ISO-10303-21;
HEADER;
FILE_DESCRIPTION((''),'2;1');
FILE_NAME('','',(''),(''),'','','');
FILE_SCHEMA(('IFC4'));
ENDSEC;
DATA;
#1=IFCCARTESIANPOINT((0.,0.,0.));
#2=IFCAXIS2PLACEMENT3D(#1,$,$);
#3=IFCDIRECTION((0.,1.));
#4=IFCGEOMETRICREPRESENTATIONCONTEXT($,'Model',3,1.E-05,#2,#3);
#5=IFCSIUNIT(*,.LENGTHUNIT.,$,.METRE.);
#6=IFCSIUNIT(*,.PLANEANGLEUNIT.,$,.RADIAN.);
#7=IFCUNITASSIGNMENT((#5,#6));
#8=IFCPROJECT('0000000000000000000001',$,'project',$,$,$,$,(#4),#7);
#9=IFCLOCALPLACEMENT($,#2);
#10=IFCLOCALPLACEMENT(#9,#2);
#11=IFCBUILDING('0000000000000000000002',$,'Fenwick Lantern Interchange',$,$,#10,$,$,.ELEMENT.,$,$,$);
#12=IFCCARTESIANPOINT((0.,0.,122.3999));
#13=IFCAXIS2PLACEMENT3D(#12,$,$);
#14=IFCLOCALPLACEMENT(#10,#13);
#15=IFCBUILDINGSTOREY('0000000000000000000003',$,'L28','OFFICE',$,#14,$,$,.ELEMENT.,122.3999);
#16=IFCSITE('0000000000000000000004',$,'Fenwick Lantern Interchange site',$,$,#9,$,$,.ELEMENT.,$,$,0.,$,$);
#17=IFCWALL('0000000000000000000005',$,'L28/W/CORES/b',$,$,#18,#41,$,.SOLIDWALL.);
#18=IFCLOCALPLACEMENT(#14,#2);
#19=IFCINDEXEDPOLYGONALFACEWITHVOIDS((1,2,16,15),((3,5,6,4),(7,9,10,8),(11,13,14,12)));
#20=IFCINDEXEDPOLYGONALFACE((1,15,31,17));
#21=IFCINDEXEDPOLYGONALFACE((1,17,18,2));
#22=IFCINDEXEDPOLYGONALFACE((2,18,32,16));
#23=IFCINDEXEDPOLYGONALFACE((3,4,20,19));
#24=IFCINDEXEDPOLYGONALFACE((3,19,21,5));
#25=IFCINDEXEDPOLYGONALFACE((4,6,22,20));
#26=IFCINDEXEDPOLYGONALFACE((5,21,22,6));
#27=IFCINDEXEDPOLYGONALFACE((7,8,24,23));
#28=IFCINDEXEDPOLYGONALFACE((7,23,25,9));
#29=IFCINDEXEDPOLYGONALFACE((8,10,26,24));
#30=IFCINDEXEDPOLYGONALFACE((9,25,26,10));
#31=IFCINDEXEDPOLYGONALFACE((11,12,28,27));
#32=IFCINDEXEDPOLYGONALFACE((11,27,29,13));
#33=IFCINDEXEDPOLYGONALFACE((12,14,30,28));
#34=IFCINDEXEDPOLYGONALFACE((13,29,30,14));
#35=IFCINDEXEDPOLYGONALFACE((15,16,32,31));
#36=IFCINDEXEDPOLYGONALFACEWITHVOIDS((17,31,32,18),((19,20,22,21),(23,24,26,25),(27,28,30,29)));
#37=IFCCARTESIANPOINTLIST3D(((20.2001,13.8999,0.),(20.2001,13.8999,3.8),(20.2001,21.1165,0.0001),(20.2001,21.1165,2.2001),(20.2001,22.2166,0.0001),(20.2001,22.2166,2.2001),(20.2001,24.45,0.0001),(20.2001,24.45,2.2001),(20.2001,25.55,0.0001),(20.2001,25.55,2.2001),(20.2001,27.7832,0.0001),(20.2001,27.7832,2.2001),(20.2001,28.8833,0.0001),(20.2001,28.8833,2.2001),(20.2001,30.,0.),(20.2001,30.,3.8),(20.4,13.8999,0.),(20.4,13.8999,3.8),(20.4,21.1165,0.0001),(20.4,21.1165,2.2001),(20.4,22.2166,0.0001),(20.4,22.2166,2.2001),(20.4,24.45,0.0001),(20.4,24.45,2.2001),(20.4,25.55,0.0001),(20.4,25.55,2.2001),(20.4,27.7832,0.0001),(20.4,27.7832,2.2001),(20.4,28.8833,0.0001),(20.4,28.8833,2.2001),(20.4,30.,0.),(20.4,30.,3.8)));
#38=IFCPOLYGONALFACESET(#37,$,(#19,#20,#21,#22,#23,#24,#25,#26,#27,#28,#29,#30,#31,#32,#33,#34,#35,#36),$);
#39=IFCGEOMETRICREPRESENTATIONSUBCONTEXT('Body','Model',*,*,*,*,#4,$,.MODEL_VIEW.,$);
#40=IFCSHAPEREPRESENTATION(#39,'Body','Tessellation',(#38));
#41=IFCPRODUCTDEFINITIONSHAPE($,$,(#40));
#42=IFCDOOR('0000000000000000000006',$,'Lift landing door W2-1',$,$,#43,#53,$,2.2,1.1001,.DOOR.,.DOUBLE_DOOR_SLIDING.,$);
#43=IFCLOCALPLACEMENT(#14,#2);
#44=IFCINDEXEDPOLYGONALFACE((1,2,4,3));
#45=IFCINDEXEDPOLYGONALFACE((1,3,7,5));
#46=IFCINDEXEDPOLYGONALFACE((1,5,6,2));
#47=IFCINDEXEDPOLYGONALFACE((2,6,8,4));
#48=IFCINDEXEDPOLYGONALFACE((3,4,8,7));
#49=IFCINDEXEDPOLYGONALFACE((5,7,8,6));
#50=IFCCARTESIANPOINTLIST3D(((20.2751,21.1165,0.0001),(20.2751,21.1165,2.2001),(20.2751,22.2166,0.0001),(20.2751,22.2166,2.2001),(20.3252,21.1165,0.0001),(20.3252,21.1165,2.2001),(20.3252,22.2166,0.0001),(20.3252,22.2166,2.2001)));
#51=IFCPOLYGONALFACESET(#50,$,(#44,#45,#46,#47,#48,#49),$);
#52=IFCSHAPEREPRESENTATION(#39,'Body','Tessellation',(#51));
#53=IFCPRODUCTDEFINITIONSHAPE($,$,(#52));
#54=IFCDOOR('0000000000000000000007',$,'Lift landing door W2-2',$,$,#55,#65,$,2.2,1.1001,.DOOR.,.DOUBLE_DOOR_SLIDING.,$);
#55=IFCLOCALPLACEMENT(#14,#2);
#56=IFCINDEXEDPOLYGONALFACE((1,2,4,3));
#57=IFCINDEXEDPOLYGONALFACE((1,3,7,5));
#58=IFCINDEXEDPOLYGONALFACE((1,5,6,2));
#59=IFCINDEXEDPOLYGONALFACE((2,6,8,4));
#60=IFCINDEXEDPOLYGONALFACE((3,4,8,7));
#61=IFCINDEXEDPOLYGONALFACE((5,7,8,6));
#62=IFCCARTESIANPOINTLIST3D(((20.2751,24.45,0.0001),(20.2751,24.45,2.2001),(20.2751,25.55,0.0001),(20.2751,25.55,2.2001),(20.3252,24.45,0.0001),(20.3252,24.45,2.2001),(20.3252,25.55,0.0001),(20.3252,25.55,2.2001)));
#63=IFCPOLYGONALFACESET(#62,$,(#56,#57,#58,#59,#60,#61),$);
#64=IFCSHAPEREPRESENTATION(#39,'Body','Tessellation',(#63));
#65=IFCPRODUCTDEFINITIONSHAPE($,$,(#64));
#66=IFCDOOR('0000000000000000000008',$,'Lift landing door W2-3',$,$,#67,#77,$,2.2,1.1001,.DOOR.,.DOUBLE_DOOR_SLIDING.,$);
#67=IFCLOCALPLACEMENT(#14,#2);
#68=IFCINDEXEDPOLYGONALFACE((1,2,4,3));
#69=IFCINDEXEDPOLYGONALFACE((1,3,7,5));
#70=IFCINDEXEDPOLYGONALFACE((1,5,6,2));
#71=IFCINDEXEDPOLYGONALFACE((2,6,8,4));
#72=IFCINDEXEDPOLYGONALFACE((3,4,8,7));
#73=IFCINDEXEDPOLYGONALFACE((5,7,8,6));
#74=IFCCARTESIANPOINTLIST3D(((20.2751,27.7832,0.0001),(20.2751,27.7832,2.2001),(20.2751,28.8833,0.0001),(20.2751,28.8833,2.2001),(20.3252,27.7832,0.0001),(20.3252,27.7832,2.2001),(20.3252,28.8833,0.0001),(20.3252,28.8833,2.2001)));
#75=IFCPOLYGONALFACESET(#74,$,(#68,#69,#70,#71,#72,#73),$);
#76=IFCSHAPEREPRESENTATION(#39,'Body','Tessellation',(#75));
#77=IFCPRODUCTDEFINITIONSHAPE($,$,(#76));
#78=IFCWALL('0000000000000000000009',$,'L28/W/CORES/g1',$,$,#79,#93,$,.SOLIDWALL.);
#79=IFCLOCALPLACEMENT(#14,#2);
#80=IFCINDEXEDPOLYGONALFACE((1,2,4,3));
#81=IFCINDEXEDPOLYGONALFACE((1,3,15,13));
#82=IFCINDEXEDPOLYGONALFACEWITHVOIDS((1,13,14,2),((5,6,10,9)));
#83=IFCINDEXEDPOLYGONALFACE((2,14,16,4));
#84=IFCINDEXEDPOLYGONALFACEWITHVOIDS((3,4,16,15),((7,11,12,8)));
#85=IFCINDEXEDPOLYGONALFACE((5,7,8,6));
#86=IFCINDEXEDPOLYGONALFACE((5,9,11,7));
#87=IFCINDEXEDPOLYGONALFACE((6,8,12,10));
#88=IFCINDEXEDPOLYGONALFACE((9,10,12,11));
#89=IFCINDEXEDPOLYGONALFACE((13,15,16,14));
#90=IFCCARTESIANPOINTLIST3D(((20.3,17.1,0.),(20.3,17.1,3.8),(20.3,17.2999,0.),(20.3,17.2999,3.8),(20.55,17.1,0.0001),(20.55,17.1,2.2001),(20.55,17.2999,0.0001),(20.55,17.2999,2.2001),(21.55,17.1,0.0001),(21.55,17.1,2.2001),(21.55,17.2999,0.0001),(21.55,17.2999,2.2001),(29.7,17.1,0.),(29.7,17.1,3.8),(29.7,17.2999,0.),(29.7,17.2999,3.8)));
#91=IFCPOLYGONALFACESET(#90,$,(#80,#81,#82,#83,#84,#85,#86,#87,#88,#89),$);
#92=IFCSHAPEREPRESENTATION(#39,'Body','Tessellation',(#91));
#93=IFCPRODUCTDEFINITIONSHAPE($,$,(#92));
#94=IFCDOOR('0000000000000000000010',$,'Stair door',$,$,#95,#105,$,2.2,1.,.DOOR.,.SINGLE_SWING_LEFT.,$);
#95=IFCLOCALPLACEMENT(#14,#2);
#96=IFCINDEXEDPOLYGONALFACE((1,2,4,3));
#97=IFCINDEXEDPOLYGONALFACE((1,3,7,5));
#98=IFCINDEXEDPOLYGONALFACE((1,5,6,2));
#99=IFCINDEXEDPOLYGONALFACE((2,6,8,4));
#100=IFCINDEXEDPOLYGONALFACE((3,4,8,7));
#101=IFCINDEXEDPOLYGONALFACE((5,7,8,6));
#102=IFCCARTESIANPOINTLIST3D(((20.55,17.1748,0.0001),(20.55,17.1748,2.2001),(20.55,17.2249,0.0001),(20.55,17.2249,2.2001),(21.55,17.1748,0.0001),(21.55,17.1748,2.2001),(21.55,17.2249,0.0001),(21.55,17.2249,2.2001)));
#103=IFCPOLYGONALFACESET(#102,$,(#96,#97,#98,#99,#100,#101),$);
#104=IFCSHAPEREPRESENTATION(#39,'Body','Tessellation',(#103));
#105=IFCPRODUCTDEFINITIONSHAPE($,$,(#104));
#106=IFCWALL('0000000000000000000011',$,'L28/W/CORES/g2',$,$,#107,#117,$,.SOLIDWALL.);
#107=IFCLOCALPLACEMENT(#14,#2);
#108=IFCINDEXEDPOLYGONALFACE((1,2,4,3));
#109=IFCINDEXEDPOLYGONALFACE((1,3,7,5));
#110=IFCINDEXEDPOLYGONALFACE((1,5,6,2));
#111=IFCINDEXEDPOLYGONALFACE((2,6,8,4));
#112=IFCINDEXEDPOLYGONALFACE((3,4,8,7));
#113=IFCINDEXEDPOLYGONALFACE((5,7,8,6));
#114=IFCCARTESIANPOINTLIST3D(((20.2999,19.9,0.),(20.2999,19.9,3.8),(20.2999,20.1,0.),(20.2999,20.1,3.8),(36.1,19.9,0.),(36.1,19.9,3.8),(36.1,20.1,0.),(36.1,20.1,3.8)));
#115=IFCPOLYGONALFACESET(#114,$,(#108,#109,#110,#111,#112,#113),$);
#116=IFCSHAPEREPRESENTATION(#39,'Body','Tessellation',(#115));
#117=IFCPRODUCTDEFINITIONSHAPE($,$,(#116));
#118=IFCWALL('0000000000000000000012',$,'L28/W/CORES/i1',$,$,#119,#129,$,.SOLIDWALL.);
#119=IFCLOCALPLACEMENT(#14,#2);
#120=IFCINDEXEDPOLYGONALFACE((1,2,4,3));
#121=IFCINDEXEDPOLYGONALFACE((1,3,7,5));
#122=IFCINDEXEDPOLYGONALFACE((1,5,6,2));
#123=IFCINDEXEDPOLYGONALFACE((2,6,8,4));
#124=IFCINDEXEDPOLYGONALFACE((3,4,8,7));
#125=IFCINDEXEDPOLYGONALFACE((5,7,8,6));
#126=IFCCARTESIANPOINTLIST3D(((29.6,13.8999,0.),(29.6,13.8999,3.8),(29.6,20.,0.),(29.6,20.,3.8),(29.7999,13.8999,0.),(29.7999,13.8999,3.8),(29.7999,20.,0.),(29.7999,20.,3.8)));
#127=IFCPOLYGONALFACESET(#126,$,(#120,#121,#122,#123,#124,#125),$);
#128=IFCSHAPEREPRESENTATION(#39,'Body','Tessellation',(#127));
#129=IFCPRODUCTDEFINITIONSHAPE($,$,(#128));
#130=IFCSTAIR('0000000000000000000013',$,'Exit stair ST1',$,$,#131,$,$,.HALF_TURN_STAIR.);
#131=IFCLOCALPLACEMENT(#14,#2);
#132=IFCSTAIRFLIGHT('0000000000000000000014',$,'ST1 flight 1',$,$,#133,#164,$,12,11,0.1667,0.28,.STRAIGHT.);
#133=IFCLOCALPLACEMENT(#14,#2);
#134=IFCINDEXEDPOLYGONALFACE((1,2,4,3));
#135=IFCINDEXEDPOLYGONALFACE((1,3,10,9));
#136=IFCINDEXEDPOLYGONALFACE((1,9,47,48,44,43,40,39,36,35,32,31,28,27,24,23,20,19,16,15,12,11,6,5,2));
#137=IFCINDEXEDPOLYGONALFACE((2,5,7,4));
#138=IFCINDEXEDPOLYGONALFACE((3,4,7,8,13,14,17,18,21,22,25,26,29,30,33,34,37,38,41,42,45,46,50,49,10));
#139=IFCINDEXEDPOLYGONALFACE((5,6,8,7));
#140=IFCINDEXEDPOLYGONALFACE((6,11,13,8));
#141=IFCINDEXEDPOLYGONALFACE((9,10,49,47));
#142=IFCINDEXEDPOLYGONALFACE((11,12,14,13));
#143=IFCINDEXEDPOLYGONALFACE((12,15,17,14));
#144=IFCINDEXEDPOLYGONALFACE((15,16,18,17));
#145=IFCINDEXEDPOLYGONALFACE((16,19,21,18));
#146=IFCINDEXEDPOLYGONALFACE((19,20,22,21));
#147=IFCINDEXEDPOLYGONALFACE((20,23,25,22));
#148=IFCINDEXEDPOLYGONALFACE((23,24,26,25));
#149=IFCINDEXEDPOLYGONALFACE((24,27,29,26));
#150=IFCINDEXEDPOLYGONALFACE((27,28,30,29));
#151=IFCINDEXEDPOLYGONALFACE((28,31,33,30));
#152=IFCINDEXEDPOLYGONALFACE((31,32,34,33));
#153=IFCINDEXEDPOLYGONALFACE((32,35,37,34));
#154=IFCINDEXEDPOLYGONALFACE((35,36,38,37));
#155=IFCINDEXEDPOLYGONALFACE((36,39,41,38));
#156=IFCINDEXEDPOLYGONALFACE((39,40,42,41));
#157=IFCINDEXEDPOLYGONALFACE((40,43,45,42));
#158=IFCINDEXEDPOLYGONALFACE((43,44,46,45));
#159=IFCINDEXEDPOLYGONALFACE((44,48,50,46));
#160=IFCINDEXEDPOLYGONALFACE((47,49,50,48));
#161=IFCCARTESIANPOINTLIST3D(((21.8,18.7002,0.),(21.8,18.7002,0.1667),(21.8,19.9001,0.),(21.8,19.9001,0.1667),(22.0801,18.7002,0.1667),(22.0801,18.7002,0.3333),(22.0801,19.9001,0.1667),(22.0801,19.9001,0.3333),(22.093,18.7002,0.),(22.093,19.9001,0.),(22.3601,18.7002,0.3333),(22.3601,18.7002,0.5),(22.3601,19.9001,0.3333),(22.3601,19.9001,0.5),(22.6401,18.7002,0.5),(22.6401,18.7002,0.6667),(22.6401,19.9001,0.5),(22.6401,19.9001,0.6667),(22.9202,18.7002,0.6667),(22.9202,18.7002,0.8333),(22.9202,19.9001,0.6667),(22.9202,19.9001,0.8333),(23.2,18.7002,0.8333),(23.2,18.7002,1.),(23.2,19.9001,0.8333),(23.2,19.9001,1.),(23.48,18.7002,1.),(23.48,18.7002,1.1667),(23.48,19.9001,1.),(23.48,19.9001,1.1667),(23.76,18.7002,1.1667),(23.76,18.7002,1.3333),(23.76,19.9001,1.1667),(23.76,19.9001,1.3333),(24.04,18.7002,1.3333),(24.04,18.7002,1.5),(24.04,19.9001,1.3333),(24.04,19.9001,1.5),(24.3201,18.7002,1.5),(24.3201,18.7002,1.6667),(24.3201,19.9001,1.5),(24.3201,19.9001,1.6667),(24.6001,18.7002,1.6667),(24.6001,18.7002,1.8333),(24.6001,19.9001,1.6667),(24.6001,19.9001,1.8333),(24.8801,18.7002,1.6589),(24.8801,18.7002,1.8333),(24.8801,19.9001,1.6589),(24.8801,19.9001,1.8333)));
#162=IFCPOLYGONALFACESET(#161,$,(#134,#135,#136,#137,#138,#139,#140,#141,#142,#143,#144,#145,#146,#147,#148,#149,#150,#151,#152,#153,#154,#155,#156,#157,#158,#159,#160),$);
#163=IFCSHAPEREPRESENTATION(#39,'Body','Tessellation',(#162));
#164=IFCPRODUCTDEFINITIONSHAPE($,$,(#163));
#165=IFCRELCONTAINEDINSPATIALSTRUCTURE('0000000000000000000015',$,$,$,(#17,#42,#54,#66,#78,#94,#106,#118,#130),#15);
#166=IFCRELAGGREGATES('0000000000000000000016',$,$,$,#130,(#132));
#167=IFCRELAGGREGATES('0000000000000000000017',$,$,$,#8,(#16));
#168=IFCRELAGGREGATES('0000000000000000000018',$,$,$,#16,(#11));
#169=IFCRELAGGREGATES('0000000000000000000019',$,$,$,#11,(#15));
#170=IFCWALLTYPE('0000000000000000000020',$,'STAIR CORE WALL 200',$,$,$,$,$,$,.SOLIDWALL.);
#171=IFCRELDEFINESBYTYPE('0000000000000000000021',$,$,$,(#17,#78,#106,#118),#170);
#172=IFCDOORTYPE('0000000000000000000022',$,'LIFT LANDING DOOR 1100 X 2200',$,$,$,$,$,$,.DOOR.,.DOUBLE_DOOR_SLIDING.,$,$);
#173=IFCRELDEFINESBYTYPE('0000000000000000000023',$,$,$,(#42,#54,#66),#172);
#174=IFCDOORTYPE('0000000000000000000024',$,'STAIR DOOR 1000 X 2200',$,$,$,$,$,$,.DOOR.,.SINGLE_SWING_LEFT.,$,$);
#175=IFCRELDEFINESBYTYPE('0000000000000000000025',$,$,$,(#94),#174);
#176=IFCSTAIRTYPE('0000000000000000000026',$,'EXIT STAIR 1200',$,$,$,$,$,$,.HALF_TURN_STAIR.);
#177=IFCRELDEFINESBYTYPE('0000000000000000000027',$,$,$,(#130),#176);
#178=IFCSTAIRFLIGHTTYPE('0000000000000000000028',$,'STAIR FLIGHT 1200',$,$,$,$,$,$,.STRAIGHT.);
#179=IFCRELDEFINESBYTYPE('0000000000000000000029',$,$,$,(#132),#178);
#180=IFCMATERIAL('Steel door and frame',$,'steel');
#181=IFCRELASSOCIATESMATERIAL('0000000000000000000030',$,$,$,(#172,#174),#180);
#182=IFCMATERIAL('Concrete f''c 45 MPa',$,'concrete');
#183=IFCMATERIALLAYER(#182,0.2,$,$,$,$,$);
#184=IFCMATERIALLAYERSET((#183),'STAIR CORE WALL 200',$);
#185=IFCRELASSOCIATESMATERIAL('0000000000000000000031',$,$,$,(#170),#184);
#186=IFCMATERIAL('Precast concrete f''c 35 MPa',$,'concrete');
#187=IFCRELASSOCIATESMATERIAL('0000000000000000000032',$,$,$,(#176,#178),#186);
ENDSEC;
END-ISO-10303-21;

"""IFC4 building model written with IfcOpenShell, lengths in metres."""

from ifc_helpers import new_model, si_unit, direction, frame, frame_2d, origin, place, context, subcontext, project, spatial, polyline, rectangle, outline, extrude, material, layer, layer_set, type_object, element, fill, aggregate, save


model = new_model("IFC4")

# Units and contexts
model_context = context("Model", 3, precision=1e-05, world=origin(), true_north=direction((0.0, 1.0)))
body_context = subcontext(model_context, "Body", "Model", "MODEL_VIEW")
ifc_project = project(units=[si_unit("LENGTHUNIT", "METRE"), si_unit("PLANEANGLEUNIT", "RADIAN")], contexts=[model_context])

# Site, building, storey
site_placement = place(None, origin())
site = spatial("IfcSite", under=ifc_project, at=site_placement, Name="Fenwick Lantern Interchange site", CompositionType="ELEMENT", RefElevation=0.0)
building_placement = place(site_placement, origin())
building = spatial("IfcBuilding", under=site, at=building_placement, Name="Fenwick Lantern Interchange", CompositionType="ELEMENT")
storey_placement = place(building_placement, frame((0.0, 0.0, 122.3999)))
storey = spatial("IfcBuildingStorey", under=building, at=storey_placement, Name="L28", Description="OFFICE", CompositionType="ELEMENT", Elevation=122.3999)

# Shared definitions
ifc_material_1 = material(Name="Steel door and frame", Category="steel")
door_type_1 = type_object("IfcDoorType", Name="LIFT LANDING DOOR 1100 X 2200", OperationType="DOUBLE_DOOR_SLIDING", PredefinedType="DOOR", material=ifc_material_1)

# Wall, openings, doors
ifc_material_2 = material(Name="Concrete f'c 45 MPa", Category="concrete")
ifc_layer_1 = layer(ifc_material_2, 0.2)
ifc_layer_set_1 = layer_set([ifc_layer_1], Name="STAIR CORE WALL 200")
wall_type_1 = type_object("IfcWallType", Name="STAIR CORE WALL 200", PredefinedType="SOLIDWALL", material=ifc_layer_set_1)
wall_1_placement = place(storey_placement, frame((20.3, 13.8999, 0.0), z_axis=(0.0, 0.0, 1.0), x_axis=(0.0, 1.0, 0.0)))
wall_1 = element("IfcWall", 1, at=wall_1_placement, inside=storey, type_object=wall_type_1, Name="L28/W/CORES/b", PredefinedType="SOLIDWALL", context=body_context, shape_type="SweptSolid", body=[
    extrude(rectangle(XDim=16.1001, YDim=0.2, at=frame_2d((8.05, 0.0))), origin(), (0.0, 0.0, 1.0), 3.8),
])
opening_1_placement = place(wall_1_placement, frame((7.2166, 0.0, 0.0)))
opening_1 = element("IfcOpeningElement", 2, at=opening_1_placement, cuts=wall_1, PredefinedType="OPENING", context=body_context, shape_type="SweptSolid", body=[
    extrude(rectangle(XDim=1.1001, YDim=2.2, at=frame_2d((0.55, 1.1001))), frame((0.0, 0.1099, 0.0), z_axis=(0.0, -1.0, 0.0), x_axis=(1.0, 0.0, 0.0)), (0.0, 0.0, 1.0), 0.22),
])
opening_2_placement = place(wall_1_placement, frame((10.55, 0.0, 0.0)))
opening_2 = element("IfcOpeningElement", 3, at=opening_2_placement, cuts=wall_1, PredefinedType="OPENING", context=body_context, shape_type="SweptSolid", body=[
    extrude(rectangle(XDim=1.1001, YDim=2.2, at=frame_2d((0.55, 1.1001))), frame((0.0, 0.1099, 0.0), z_axis=(0.0, -1.0, 0.0), x_axis=(1.0, 0.0, 0.0)), (0.0, 0.0, 1.0), 0.22),
])
opening_3_placement = place(wall_1_placement, frame((13.8833, 0.0, 0.0)))
opening_3 = element("IfcOpeningElement", 4, at=opening_3_placement, cuts=wall_1, PredefinedType="OPENING", context=body_context, shape_type="SweptSolid", body=[
    extrude(rectangle(XDim=1.1001, YDim=2.2, at=frame_2d((0.55, 1.1001))), frame((0.0, 0.1099, 0.0), z_axis=(0.0, -1.0, 0.0), x_axis=(1.0, 0.0, 0.0)), (0.0, 0.0, 1.0), 0.22),
])
door_1_placement = place(opening_1_placement, origin())
door_1 = element("IfcDoor", 5, at=door_1_placement, inside=storey, type_object=door_type_1, Name="Lift landing door W2-1", OperationType="DOUBLE_DOOR_SLIDING", OverallHeight=2.2, OverallWidth=1.1001, PredefinedType="DOOR", context=body_context, shape_type="SweptSolid", body=[
    extrude(rectangle(XDim=1.1001, YDim=2.2, at=frame_2d((0.55, 1.1001))), frame((0.0, 0.0249, 0.0), z_axis=(0.0, -1.0, 0.0), x_axis=(1.0, 0.0, 0.0)), (0.0, 0.0, 1.0), 0.05),
])
fill(opening_1, door_1)
door_2_placement = place(opening_2_placement, origin())
door_2 = element("IfcDoor", 6, at=door_2_placement, inside=storey, type_object=door_type_1, Name="Lift landing door W2-2", OperationType="DOUBLE_DOOR_SLIDING", OverallHeight=2.2, OverallWidth=1.1001, PredefinedType="DOOR", context=body_context, shape_type="SweptSolid", body=[
    extrude(rectangle(XDim=1.1001, YDim=2.2, at=frame_2d((0.55, 1.1001))), frame((0.0, 0.0249, 0.0), z_axis=(0.0, -1.0, 0.0), x_axis=(1.0, 0.0, 0.0)), (0.0, 0.0, 1.0), 0.05),
])
fill(opening_2, door_2)
door_3_placement = place(opening_3_placement, origin())
door_3 = element("IfcDoor", 7, at=door_3_placement, inside=storey, type_object=door_type_1, Name="Lift landing door W2-3", OperationType="DOUBLE_DOOR_SLIDING", OverallHeight=2.2, OverallWidth=1.1001, PredefinedType="DOOR", context=body_context, shape_type="SweptSolid", body=[
    extrude(rectangle(XDim=1.1001, YDim=2.2, at=frame_2d((0.55, 1.1001))), frame((0.0, 0.0249, 0.0), z_axis=(0.0, -1.0, 0.0), x_axis=(1.0, 0.0, 0.0)), (0.0, 0.0, 1.0), 0.05),
])
fill(opening_3, door_3)

# Wall, opening, door
wall_2_placement = place(storey_placement, frame((20.3, 17.2, 0.0), z_axis=(0.0, 0.0, 1.0), x_axis=(1.0, 0.0, 0.0)))
wall_2 = element("IfcWall", 8, at=wall_2_placement, inside=storey, type_object=wall_type_1, Name="L28/W/CORES/g1", PredefinedType="SOLIDWALL", context=body_context, shape_type="SweptSolid", body=[
    extrude(rectangle(XDim=9.3999, YDim=0.2, at=frame_2d((4.7, 0.0))), origin(), (0.0, 0.0, 1.0), 3.8),
])
opening_4_placement = place(wall_2_placement, frame((0.25, 0.0, 0.0)))
opening_4 = element("IfcOpeningElement", 9, at=opening_4_placement, cuts=wall_2, PredefinedType="OPENING", context=body_context, shape_type="SweptSolid", body=[
    extrude(rectangle(XDim=1.0, YDim=2.2, at=frame_2d((0.5, 1.1001))), frame((0.0, 0.1099, 0.0), z_axis=(0.0, -1.0, 0.0), x_axis=(1.0, 0.0, 0.0)), (0.0, 0.0, 1.0), 0.22),
])
door_type_2 = type_object("IfcDoorType", Name="STAIR DOOR 1000 X 2200", OperationType="SINGLE_SWING_LEFT", PredefinedType="DOOR", material=ifc_material_1)
door_4_placement = place(opening_4_placement, origin())
door_4 = element("IfcDoor", 10, at=door_4_placement, inside=storey, type_object=door_type_2, Name="Stair door", OperationType="SINGLE_SWING_LEFT", OverallHeight=2.2, OverallWidth=1.0, PredefinedType="DOOR", context=body_context, shape_type="SweptSolid", body=[
    extrude(rectangle(XDim=1.0, YDim=2.2, at=frame_2d((0.5, 1.1001))), frame((0.0, 0.0249, 0.0), z_axis=(0.0, -1.0, 0.0), x_axis=(1.0, 0.0, 0.0)), (0.0, 0.0, 1.0), 0.05),
])
fill(opening_4, door_4)

# Walls
wall_3_placement = place(storey_placement, frame((20.3, 20.0, 0.0), z_axis=(0.0, 0.0, 1.0), x_axis=(1.0, 0.0, 0.0)))
element("IfcWall", 11, at=wall_3_placement, inside=storey, type_object=wall_type_1, Name="L28/W/CORES/g2", PredefinedType="SOLIDWALL", context=body_context, shape_type="SweptSolid", body=[
    extrude(rectangle(XDim=15.8, YDim=0.2, at=frame_2d((7.8999, 0.0))), origin(), (0.0, 0.0, 1.0), 3.8),
])
wall_4_placement = place(storey_placement, frame((29.7, 13.8999, 0.0), z_axis=(0.0, 0.0, 1.0), x_axis=(0.0, 1.0, 0.0)))
element("IfcWall", 12, at=wall_4_placement, inside=storey, type_object=wall_type_1, Name="L28/W/CORES/i1", PredefinedType="SOLIDWALL", context=body_context, shape_type="SweptSolid", body=[
    extrude(rectangle(XDim=6.1001, YDim=0.2, at=frame_2d((3.05, 0.0))), origin(), (0.0, 0.0, 1.0), 3.8),
])

# Stair, stair flight
ifc_material_3 = material(Name="Precast concrete f'c 35 MPa", Category="concrete")
stair_type = type_object("IfcStairType", Name="EXIT STAIR 1200", PredefinedType="HALF_TURN_STAIR", material=ifc_material_3)
stair_placement = place(storey_placement, origin())
stair = element("IfcStair", 13, at=stair_placement, inside=storey, type_object=stair_type, Name="Exit stair ST1", PredefinedType="HALF_TURN_STAIR")
stair_flight_type = type_object("IfcStairFlightType", Name="STAIR FLIGHT 1200", PredefinedType="STRAIGHT", material=ifc_material_3)
stair_flight_1_placement = place(storey_placement, frame((21.8, 19.3, 0.0), z_axis=(0.0, 0.0, 1.0), x_axis=(1.0, 0.0, 0.0)))
stair_flight_1 = element("IfcStairFlight", 14, at=stair_flight_1_placement, type_object=stair_flight_type, Name="ST1 flight 1", NumberOfRisers=12, NumberOfTreads=11, PredefinedType="STRAIGHT", RiserHeight=0.1667, TreadLength=0.28, context=body_context, shape_type="SweptSolid", body=[
    extrude(outline(polyline([(0.0, 0.0), (0.0, 0.1667), (0.28, 0.1667), (0.28, 0.3333), (0.5601, 0.3333), (0.5601, 0.5), (0.8401, 0.5), (0.8401, 0.6667), (1.1201, 0.6667), (1.1201, 0.8333), (1.3999, 0.8333), (1.3999, 1.0), (1.6799, 1.0), (1.6799, 1.1667), (1.96, 1.1667), (1.96, 1.3333), (2.24, 1.3333), (2.24, 1.5), (2.52, 1.5), (2.52, 1.6667), (2.8, 1.6667), (2.8, 1.8333), (3.0801, 1.8333), (3.0801, 2.0), (3.0801, 1.6589), (0.293, 0.0), (0.0, 0.0)])), frame((0.0, 0.6001, 0.0), z_axis=(0.0, -1.0, 0.0), x_axis=(1.0, 0.0, 0.0)), (0.0, 0.0, 1.0), 1.2),
])
aggregate(stair, [stair_flight_1])

save(model, "model.ifc")
